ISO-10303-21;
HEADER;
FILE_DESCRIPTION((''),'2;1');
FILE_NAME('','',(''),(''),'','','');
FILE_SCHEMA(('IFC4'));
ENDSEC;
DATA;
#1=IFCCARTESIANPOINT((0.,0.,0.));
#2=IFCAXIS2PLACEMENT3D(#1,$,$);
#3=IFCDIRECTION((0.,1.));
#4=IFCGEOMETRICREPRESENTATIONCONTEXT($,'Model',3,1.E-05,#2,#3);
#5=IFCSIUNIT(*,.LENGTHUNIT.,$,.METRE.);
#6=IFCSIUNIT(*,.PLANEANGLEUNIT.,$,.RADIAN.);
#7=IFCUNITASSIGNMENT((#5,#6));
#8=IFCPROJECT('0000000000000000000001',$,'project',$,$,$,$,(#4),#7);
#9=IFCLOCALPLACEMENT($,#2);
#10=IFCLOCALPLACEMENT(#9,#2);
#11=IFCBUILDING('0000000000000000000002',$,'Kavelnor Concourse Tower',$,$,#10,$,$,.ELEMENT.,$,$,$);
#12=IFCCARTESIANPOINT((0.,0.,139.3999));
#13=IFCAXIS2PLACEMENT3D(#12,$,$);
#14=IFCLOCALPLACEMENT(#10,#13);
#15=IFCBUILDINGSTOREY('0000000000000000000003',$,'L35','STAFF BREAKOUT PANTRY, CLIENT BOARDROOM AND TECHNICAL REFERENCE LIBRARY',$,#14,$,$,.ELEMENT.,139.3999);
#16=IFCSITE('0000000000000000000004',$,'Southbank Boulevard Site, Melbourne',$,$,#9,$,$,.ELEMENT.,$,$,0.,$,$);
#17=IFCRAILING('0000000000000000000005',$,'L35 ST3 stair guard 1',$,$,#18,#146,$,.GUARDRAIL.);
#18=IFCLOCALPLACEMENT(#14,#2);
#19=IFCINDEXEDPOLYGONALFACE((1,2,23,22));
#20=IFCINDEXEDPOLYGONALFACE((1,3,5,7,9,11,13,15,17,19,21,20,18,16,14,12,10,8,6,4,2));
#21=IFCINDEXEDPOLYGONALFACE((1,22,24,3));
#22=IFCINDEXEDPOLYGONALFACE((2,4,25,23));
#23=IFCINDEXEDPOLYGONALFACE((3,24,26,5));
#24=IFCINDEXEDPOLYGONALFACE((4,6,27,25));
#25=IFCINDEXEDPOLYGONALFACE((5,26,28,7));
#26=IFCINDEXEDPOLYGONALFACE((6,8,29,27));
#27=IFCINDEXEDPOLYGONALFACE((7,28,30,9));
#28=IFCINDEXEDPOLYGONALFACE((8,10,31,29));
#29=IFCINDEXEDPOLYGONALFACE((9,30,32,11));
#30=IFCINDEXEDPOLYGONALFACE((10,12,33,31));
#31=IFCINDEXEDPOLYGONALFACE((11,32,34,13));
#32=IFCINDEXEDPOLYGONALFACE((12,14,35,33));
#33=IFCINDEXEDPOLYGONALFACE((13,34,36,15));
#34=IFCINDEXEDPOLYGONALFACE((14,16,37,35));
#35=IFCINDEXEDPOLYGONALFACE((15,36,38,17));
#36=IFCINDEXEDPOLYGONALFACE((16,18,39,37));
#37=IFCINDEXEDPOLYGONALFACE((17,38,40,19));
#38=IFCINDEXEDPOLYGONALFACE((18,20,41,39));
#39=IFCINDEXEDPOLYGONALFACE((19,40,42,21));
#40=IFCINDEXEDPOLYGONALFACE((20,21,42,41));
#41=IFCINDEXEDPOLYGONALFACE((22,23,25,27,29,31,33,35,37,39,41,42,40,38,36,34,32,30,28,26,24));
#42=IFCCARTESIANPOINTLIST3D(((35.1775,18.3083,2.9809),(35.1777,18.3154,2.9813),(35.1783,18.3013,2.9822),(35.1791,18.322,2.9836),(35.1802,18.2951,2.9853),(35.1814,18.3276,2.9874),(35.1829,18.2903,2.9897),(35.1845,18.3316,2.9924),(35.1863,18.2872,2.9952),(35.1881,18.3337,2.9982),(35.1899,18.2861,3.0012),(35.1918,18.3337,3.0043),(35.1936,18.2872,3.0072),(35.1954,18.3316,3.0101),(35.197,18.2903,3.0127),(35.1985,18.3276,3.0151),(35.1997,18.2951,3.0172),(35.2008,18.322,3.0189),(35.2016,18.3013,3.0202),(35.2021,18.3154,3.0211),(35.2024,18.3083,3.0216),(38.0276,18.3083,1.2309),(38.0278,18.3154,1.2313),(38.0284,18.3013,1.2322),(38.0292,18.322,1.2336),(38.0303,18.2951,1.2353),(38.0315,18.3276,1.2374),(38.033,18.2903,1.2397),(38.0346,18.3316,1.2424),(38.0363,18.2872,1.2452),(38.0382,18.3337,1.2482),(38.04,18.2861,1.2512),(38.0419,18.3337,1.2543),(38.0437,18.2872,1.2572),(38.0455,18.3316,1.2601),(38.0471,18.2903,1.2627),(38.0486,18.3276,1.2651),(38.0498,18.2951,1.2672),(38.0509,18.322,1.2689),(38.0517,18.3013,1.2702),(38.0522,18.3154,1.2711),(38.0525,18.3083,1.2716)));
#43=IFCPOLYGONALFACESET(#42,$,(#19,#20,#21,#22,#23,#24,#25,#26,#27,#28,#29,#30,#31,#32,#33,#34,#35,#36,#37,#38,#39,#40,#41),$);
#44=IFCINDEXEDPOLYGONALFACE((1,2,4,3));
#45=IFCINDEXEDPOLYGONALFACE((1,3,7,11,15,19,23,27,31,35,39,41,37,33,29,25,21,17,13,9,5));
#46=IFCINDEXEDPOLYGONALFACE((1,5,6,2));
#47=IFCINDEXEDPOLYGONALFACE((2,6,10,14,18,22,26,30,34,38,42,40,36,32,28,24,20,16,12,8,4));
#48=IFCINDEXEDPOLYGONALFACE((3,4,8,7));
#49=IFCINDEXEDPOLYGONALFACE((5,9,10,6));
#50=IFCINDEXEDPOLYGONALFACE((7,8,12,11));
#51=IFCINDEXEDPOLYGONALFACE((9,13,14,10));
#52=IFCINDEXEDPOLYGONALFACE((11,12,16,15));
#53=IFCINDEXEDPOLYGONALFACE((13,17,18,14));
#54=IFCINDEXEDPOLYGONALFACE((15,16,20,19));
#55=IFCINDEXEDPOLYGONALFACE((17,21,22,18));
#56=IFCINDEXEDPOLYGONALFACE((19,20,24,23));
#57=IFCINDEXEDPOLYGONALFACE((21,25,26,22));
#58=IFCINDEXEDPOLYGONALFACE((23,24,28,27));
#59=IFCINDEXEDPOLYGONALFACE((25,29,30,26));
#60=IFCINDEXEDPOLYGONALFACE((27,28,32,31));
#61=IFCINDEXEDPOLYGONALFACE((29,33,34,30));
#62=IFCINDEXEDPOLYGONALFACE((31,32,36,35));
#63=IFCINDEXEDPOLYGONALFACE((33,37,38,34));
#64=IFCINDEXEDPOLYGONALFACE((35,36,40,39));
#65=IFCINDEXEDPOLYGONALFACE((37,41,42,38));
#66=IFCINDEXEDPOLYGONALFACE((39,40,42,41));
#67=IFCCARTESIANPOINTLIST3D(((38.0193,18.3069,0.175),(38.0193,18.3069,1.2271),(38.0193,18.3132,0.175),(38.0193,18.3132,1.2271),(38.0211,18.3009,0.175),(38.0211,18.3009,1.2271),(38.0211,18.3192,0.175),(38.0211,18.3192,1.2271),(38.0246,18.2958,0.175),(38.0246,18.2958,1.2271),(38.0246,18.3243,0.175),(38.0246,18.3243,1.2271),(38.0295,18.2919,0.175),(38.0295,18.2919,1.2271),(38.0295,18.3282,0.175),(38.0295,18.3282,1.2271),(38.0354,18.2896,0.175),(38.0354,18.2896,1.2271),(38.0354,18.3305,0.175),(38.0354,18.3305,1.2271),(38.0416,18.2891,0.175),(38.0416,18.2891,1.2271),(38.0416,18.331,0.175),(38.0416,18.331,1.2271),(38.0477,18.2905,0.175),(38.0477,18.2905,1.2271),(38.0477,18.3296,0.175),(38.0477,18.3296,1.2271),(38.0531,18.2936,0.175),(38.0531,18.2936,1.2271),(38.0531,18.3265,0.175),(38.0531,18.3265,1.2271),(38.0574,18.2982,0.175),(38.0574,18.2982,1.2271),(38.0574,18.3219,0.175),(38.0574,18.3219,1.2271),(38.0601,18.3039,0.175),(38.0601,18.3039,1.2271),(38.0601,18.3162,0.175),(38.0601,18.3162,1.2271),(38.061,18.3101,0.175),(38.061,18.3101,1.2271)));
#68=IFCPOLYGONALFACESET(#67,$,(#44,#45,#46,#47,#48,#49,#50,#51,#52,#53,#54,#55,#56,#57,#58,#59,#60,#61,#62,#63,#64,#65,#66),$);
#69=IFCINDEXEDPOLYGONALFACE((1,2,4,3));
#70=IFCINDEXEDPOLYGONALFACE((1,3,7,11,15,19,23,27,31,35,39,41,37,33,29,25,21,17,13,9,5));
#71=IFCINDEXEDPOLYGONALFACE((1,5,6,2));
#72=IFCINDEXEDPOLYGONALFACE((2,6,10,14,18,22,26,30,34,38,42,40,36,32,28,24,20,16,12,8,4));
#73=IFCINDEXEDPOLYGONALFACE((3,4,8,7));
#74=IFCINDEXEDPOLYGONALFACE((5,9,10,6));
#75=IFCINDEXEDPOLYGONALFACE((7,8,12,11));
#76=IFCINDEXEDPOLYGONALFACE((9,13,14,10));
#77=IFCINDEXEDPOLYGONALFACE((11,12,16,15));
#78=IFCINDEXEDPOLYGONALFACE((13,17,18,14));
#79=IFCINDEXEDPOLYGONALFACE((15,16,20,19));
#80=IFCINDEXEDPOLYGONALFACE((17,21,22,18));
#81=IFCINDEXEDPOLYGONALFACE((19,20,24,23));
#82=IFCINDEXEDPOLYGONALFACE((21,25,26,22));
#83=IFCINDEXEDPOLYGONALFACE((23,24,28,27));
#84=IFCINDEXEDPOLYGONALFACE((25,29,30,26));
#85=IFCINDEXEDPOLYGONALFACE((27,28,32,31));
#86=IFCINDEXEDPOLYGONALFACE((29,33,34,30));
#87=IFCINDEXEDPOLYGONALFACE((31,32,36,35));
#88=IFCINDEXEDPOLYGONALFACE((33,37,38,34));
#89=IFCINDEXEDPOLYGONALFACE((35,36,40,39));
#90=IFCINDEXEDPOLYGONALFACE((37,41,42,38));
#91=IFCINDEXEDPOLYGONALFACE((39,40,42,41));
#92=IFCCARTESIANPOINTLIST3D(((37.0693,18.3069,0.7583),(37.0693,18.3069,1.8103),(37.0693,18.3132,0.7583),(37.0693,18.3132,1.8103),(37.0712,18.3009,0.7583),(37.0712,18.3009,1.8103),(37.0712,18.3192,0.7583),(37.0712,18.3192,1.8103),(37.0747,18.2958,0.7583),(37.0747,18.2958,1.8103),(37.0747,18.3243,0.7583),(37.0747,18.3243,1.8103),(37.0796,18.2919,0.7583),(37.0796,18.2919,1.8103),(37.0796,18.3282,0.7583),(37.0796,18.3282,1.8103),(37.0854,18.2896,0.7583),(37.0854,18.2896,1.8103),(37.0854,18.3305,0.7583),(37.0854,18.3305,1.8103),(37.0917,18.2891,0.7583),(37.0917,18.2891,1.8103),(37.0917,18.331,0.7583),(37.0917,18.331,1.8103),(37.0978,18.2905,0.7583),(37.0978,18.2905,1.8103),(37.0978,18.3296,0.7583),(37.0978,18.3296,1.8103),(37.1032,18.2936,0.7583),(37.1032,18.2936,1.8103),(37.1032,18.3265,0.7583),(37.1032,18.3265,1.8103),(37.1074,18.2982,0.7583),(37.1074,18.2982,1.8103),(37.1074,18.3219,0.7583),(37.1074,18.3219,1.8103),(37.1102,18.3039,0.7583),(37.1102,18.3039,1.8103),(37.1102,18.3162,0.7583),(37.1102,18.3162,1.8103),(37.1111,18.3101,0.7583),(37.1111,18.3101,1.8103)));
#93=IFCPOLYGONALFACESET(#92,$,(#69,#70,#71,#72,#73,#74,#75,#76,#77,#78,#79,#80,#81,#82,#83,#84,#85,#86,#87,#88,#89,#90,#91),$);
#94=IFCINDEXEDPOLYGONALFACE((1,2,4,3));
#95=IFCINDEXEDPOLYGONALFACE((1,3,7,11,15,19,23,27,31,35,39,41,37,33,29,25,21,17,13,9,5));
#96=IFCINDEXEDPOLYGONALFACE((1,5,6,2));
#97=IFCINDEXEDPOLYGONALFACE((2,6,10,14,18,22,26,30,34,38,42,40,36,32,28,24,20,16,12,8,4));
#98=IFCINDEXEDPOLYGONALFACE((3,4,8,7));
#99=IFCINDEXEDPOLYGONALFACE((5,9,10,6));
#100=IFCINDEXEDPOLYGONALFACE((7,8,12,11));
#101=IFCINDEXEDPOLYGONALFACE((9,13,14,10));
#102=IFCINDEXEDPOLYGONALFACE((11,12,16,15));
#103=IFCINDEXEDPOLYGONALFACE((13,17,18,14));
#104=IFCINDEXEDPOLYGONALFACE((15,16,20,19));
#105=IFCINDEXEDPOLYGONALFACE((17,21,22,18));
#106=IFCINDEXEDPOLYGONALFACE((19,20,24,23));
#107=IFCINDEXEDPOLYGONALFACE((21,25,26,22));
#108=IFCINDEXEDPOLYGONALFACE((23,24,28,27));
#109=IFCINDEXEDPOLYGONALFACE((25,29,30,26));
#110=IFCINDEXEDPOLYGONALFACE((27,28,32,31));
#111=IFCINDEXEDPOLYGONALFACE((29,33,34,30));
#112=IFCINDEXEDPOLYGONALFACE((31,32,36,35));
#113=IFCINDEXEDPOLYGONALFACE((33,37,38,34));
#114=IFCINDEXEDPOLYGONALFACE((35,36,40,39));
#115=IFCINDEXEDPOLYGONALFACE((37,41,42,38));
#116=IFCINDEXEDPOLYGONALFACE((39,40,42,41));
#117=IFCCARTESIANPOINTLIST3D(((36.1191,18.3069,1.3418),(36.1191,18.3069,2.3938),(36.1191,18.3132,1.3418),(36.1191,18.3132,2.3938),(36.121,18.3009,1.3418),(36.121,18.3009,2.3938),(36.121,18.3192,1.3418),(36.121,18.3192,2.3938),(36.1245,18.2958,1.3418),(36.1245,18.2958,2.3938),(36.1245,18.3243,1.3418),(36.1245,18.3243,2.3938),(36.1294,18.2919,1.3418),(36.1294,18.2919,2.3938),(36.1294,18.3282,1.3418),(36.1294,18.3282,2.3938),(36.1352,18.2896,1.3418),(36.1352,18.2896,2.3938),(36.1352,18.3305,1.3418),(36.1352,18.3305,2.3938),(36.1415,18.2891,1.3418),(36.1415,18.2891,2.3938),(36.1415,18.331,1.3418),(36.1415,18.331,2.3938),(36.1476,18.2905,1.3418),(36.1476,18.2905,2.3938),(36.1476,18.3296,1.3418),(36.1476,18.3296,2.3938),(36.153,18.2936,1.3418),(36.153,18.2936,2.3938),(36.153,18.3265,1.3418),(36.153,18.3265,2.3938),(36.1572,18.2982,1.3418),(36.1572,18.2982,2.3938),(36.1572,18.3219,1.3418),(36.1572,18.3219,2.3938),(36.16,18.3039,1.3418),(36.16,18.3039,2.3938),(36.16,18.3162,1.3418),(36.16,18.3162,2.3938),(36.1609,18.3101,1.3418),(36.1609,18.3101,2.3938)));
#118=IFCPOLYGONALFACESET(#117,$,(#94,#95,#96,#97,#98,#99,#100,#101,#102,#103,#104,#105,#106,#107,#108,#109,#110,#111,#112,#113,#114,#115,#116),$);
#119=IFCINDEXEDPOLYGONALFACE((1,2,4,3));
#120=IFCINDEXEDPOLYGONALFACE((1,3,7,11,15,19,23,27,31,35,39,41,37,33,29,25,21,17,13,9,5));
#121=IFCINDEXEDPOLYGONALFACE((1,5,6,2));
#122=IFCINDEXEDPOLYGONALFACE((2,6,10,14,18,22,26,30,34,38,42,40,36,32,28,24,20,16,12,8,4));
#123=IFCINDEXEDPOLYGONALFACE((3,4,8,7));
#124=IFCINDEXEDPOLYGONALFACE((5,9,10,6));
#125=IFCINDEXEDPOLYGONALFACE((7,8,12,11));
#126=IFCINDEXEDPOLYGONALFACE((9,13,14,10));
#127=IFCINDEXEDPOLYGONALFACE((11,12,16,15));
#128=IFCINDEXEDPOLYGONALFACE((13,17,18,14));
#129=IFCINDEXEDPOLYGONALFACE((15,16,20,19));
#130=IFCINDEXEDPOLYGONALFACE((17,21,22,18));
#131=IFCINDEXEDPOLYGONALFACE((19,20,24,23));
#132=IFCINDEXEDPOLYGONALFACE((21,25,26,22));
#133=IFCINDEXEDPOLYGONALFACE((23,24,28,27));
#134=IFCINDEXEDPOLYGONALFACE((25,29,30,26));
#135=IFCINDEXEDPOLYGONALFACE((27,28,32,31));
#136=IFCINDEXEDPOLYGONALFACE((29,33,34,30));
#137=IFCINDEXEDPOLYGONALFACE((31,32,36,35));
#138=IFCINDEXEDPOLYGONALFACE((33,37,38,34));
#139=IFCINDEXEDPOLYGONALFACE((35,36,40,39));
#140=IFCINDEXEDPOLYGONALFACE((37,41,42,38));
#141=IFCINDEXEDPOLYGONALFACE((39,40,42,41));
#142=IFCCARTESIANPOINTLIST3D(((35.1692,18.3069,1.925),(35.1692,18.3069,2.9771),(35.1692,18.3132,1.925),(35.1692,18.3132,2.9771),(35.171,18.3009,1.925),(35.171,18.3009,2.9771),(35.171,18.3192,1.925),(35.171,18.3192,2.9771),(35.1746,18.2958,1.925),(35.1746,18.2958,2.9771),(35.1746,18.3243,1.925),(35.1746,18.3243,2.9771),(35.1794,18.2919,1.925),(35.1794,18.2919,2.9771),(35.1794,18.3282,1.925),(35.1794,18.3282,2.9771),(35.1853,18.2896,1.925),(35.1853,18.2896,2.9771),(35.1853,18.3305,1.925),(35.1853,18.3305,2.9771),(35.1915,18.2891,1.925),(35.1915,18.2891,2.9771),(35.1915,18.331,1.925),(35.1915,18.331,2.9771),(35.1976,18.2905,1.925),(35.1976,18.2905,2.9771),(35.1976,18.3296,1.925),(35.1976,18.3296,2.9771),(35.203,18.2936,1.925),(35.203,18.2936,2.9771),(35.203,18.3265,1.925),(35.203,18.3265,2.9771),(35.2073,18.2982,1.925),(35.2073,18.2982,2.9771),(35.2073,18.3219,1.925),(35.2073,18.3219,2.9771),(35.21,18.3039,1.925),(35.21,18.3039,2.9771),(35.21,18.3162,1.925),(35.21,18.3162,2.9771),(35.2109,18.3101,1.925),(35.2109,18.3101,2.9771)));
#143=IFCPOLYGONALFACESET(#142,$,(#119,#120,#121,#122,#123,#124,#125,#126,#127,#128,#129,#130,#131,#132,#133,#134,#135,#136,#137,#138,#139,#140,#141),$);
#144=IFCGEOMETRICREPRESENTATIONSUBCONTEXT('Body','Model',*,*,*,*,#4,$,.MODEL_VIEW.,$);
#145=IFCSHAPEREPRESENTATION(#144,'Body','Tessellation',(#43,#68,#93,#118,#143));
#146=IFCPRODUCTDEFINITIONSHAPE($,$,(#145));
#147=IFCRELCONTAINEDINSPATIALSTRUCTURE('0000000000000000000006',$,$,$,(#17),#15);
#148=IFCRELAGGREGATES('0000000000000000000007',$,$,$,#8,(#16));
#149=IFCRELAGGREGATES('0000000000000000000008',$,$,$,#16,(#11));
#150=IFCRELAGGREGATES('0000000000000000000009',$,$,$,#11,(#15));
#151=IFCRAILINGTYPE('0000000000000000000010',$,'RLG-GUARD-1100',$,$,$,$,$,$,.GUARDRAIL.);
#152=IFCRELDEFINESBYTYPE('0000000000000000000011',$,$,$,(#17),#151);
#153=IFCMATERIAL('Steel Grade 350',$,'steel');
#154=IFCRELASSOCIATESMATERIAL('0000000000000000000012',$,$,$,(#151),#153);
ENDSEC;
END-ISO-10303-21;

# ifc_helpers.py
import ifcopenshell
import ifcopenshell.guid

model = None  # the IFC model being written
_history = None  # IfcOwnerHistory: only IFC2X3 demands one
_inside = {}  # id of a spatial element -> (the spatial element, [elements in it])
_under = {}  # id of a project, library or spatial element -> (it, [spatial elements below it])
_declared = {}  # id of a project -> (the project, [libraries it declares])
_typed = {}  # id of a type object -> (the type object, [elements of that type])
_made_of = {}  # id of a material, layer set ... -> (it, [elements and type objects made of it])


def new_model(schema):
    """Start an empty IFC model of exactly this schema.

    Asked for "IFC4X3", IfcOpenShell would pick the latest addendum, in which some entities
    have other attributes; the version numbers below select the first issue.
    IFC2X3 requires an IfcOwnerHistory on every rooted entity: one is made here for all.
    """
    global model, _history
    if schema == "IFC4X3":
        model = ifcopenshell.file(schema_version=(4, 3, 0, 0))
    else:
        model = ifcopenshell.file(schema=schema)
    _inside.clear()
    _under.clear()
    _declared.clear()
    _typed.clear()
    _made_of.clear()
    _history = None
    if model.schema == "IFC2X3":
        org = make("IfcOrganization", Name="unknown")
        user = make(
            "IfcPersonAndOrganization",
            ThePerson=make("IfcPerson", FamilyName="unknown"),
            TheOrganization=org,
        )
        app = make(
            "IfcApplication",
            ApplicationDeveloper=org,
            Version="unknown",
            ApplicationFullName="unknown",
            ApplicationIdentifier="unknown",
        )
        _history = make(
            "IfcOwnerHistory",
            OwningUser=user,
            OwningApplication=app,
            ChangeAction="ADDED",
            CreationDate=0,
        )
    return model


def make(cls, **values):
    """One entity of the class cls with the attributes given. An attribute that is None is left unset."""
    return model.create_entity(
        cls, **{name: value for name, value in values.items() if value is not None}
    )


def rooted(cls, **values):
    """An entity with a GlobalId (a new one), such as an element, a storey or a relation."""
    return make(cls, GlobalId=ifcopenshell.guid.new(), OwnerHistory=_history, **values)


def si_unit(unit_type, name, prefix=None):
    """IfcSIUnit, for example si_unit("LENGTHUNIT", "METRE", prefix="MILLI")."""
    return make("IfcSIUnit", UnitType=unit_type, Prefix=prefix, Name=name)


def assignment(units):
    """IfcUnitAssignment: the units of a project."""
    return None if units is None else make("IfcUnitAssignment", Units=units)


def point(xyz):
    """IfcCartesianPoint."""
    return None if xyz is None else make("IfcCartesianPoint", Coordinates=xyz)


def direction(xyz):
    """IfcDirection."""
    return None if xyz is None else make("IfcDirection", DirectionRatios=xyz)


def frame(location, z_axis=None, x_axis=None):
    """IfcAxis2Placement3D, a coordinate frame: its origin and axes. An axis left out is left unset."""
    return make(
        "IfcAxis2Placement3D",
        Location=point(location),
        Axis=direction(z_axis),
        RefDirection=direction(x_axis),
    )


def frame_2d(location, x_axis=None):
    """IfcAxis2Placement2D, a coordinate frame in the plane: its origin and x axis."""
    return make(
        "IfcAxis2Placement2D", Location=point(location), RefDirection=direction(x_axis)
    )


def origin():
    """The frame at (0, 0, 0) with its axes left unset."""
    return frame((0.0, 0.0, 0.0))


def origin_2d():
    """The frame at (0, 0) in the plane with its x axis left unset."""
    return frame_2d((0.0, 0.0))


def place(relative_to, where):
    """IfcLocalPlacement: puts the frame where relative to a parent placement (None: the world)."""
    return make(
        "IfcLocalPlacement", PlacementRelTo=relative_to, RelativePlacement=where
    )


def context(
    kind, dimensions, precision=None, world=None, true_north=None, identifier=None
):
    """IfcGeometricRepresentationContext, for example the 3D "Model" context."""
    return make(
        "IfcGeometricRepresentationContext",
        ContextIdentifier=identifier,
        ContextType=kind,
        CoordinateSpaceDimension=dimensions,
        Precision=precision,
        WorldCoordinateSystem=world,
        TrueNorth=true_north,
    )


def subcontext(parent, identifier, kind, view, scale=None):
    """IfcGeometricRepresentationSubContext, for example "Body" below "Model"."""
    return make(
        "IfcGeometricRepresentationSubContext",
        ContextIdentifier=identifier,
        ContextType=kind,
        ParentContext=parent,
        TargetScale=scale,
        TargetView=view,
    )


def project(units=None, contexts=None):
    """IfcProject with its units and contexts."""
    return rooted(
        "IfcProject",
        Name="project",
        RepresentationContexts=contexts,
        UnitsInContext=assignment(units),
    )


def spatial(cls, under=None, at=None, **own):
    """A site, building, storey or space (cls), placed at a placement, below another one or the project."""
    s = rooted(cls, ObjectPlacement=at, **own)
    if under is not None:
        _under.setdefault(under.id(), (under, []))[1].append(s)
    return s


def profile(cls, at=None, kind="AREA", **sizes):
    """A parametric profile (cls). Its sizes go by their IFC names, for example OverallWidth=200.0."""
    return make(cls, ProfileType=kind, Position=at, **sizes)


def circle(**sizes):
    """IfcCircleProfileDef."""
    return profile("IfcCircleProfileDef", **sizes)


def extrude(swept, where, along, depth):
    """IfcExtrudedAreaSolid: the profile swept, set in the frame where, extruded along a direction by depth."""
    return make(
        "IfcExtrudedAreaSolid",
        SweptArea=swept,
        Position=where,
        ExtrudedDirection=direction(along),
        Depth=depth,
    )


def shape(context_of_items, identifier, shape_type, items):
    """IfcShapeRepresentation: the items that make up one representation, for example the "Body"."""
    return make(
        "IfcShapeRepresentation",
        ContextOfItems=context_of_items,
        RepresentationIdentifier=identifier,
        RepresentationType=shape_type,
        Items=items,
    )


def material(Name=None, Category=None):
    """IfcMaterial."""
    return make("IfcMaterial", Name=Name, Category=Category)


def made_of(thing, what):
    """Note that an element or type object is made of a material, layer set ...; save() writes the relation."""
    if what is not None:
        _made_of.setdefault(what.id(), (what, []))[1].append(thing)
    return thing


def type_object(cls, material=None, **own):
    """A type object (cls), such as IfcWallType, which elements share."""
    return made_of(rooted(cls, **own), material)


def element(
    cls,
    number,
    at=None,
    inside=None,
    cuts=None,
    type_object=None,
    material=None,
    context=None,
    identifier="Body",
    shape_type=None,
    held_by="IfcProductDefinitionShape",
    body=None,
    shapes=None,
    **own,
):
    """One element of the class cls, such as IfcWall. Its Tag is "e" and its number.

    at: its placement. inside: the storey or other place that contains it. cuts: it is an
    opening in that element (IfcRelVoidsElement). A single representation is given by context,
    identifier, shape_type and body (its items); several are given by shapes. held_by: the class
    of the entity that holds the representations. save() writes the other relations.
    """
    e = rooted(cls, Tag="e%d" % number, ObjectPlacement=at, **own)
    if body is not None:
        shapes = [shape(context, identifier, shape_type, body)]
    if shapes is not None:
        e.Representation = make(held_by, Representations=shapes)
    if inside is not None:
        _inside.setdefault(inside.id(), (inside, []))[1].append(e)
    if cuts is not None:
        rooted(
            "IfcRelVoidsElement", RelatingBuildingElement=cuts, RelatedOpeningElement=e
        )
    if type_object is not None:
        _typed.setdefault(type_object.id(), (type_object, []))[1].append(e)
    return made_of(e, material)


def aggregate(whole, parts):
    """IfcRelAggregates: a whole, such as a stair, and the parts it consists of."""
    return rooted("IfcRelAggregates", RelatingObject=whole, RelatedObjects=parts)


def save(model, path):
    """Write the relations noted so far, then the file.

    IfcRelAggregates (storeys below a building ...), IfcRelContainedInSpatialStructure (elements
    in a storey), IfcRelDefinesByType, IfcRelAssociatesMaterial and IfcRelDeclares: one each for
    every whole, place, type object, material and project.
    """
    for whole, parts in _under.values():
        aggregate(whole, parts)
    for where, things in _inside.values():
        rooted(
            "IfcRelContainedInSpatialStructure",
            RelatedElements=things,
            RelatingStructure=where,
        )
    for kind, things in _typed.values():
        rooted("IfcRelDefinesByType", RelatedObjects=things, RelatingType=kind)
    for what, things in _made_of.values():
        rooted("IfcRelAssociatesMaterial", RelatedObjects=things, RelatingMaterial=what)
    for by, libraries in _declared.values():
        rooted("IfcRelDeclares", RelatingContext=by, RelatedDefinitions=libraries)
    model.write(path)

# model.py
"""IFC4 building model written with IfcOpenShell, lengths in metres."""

from ifc_helpers import new_model, si_unit, direction, frame, origin, origin_2d, place, context, subcontext, project, spatial, circle, extrude, material, type_object, element, save


model = new_model("IFC4")

# Units and contexts
model_context = context("Model", 3, precision=1e-05, world=origin(), true_north=direction((0.0, 1.0)))
body_context = subcontext(model_context, "Body", "Model", "MODEL_VIEW")
ifc_project = project(units=[si_unit("LENGTHUNIT", "METRE"), si_unit("PLANEANGLEUNIT", "RADIAN")], contexts=[model_context])

# Site, building, storey
site_placement = place(None, origin())
site = spatial("IfcSite", under=ifc_project, at=site_placement, Name="Southbank Boulevard Site, Melbourne", CompositionType="ELEMENT", RefElevation=0.0)
building_placement = place(site_placement, origin())
building = spatial("IfcBuilding", under=site, at=building_placement, Name="Kavelnor Concourse Tower", CompositionType="ELEMENT")
storey_placement = place(building_placement, frame((0.0, 0.0, 139.3999)))
storey = spatial("IfcBuildingStorey", under=building, at=storey_placement, Name="L35", Description="STAFF BREAKOUT PANTRY, CLIENT BOARDROOM AND TECHNICAL REFERENCE LIBRARY", CompositionType="ELEMENT", Elevation=139.3999)

# Shared definitions
ifc_material_1 = material(Name="Steel Grade 350", Category="steel")

# Railing
railing_type_1 = type_object("IfcRailingType", Name="RLG-GUARD-1100", PredefinedType="GUARDRAIL", material=ifc_material_1)
railing_1_placement = place(storey_placement, frame((38.04, 18.3101, 0.175)))
element("IfcRailing", 1, at=railing_1_placement, inside=storey, type_object=railing_type_1, Name="L35 ST3 stair guard 1", PredefinedType="GUARDRAIL", context=body_context, shape_type="SweptSolid", body=[
    extrude(circle(Radius=0.0239, at=origin_2d()), frame((0.0, 0.0, 1.0762), z_axis=(-0.852179, 0.0, 0.52325), x_axis=(0.0, -1.0, 0.0)), (0.0, 0.0, 1.0), 3.3445),
    extrude(circle(Radius=0.021, at=origin_2d()), origin(), (0.0, 0.0, 1.0), 1.052),
    extrude(circle(Radius=0.021, at=origin_2d()), frame((-0.95, 0.0, 0.5833)), (0.0, 0.0, 1.0), 1.052),
    extrude(circle(Radius=0.021, at=origin_2d()), frame((-1.9001, 0.0, 1.1667)), (0.0, 0.0, 1.0), 1.052),
    extrude(circle(Radius=0.021, at=origin_2d()), frame((-2.8501, 0.0, 1.75)), (0.0, 0.0, 1.0), 1.052),
])

save(model, "model.ifc")
